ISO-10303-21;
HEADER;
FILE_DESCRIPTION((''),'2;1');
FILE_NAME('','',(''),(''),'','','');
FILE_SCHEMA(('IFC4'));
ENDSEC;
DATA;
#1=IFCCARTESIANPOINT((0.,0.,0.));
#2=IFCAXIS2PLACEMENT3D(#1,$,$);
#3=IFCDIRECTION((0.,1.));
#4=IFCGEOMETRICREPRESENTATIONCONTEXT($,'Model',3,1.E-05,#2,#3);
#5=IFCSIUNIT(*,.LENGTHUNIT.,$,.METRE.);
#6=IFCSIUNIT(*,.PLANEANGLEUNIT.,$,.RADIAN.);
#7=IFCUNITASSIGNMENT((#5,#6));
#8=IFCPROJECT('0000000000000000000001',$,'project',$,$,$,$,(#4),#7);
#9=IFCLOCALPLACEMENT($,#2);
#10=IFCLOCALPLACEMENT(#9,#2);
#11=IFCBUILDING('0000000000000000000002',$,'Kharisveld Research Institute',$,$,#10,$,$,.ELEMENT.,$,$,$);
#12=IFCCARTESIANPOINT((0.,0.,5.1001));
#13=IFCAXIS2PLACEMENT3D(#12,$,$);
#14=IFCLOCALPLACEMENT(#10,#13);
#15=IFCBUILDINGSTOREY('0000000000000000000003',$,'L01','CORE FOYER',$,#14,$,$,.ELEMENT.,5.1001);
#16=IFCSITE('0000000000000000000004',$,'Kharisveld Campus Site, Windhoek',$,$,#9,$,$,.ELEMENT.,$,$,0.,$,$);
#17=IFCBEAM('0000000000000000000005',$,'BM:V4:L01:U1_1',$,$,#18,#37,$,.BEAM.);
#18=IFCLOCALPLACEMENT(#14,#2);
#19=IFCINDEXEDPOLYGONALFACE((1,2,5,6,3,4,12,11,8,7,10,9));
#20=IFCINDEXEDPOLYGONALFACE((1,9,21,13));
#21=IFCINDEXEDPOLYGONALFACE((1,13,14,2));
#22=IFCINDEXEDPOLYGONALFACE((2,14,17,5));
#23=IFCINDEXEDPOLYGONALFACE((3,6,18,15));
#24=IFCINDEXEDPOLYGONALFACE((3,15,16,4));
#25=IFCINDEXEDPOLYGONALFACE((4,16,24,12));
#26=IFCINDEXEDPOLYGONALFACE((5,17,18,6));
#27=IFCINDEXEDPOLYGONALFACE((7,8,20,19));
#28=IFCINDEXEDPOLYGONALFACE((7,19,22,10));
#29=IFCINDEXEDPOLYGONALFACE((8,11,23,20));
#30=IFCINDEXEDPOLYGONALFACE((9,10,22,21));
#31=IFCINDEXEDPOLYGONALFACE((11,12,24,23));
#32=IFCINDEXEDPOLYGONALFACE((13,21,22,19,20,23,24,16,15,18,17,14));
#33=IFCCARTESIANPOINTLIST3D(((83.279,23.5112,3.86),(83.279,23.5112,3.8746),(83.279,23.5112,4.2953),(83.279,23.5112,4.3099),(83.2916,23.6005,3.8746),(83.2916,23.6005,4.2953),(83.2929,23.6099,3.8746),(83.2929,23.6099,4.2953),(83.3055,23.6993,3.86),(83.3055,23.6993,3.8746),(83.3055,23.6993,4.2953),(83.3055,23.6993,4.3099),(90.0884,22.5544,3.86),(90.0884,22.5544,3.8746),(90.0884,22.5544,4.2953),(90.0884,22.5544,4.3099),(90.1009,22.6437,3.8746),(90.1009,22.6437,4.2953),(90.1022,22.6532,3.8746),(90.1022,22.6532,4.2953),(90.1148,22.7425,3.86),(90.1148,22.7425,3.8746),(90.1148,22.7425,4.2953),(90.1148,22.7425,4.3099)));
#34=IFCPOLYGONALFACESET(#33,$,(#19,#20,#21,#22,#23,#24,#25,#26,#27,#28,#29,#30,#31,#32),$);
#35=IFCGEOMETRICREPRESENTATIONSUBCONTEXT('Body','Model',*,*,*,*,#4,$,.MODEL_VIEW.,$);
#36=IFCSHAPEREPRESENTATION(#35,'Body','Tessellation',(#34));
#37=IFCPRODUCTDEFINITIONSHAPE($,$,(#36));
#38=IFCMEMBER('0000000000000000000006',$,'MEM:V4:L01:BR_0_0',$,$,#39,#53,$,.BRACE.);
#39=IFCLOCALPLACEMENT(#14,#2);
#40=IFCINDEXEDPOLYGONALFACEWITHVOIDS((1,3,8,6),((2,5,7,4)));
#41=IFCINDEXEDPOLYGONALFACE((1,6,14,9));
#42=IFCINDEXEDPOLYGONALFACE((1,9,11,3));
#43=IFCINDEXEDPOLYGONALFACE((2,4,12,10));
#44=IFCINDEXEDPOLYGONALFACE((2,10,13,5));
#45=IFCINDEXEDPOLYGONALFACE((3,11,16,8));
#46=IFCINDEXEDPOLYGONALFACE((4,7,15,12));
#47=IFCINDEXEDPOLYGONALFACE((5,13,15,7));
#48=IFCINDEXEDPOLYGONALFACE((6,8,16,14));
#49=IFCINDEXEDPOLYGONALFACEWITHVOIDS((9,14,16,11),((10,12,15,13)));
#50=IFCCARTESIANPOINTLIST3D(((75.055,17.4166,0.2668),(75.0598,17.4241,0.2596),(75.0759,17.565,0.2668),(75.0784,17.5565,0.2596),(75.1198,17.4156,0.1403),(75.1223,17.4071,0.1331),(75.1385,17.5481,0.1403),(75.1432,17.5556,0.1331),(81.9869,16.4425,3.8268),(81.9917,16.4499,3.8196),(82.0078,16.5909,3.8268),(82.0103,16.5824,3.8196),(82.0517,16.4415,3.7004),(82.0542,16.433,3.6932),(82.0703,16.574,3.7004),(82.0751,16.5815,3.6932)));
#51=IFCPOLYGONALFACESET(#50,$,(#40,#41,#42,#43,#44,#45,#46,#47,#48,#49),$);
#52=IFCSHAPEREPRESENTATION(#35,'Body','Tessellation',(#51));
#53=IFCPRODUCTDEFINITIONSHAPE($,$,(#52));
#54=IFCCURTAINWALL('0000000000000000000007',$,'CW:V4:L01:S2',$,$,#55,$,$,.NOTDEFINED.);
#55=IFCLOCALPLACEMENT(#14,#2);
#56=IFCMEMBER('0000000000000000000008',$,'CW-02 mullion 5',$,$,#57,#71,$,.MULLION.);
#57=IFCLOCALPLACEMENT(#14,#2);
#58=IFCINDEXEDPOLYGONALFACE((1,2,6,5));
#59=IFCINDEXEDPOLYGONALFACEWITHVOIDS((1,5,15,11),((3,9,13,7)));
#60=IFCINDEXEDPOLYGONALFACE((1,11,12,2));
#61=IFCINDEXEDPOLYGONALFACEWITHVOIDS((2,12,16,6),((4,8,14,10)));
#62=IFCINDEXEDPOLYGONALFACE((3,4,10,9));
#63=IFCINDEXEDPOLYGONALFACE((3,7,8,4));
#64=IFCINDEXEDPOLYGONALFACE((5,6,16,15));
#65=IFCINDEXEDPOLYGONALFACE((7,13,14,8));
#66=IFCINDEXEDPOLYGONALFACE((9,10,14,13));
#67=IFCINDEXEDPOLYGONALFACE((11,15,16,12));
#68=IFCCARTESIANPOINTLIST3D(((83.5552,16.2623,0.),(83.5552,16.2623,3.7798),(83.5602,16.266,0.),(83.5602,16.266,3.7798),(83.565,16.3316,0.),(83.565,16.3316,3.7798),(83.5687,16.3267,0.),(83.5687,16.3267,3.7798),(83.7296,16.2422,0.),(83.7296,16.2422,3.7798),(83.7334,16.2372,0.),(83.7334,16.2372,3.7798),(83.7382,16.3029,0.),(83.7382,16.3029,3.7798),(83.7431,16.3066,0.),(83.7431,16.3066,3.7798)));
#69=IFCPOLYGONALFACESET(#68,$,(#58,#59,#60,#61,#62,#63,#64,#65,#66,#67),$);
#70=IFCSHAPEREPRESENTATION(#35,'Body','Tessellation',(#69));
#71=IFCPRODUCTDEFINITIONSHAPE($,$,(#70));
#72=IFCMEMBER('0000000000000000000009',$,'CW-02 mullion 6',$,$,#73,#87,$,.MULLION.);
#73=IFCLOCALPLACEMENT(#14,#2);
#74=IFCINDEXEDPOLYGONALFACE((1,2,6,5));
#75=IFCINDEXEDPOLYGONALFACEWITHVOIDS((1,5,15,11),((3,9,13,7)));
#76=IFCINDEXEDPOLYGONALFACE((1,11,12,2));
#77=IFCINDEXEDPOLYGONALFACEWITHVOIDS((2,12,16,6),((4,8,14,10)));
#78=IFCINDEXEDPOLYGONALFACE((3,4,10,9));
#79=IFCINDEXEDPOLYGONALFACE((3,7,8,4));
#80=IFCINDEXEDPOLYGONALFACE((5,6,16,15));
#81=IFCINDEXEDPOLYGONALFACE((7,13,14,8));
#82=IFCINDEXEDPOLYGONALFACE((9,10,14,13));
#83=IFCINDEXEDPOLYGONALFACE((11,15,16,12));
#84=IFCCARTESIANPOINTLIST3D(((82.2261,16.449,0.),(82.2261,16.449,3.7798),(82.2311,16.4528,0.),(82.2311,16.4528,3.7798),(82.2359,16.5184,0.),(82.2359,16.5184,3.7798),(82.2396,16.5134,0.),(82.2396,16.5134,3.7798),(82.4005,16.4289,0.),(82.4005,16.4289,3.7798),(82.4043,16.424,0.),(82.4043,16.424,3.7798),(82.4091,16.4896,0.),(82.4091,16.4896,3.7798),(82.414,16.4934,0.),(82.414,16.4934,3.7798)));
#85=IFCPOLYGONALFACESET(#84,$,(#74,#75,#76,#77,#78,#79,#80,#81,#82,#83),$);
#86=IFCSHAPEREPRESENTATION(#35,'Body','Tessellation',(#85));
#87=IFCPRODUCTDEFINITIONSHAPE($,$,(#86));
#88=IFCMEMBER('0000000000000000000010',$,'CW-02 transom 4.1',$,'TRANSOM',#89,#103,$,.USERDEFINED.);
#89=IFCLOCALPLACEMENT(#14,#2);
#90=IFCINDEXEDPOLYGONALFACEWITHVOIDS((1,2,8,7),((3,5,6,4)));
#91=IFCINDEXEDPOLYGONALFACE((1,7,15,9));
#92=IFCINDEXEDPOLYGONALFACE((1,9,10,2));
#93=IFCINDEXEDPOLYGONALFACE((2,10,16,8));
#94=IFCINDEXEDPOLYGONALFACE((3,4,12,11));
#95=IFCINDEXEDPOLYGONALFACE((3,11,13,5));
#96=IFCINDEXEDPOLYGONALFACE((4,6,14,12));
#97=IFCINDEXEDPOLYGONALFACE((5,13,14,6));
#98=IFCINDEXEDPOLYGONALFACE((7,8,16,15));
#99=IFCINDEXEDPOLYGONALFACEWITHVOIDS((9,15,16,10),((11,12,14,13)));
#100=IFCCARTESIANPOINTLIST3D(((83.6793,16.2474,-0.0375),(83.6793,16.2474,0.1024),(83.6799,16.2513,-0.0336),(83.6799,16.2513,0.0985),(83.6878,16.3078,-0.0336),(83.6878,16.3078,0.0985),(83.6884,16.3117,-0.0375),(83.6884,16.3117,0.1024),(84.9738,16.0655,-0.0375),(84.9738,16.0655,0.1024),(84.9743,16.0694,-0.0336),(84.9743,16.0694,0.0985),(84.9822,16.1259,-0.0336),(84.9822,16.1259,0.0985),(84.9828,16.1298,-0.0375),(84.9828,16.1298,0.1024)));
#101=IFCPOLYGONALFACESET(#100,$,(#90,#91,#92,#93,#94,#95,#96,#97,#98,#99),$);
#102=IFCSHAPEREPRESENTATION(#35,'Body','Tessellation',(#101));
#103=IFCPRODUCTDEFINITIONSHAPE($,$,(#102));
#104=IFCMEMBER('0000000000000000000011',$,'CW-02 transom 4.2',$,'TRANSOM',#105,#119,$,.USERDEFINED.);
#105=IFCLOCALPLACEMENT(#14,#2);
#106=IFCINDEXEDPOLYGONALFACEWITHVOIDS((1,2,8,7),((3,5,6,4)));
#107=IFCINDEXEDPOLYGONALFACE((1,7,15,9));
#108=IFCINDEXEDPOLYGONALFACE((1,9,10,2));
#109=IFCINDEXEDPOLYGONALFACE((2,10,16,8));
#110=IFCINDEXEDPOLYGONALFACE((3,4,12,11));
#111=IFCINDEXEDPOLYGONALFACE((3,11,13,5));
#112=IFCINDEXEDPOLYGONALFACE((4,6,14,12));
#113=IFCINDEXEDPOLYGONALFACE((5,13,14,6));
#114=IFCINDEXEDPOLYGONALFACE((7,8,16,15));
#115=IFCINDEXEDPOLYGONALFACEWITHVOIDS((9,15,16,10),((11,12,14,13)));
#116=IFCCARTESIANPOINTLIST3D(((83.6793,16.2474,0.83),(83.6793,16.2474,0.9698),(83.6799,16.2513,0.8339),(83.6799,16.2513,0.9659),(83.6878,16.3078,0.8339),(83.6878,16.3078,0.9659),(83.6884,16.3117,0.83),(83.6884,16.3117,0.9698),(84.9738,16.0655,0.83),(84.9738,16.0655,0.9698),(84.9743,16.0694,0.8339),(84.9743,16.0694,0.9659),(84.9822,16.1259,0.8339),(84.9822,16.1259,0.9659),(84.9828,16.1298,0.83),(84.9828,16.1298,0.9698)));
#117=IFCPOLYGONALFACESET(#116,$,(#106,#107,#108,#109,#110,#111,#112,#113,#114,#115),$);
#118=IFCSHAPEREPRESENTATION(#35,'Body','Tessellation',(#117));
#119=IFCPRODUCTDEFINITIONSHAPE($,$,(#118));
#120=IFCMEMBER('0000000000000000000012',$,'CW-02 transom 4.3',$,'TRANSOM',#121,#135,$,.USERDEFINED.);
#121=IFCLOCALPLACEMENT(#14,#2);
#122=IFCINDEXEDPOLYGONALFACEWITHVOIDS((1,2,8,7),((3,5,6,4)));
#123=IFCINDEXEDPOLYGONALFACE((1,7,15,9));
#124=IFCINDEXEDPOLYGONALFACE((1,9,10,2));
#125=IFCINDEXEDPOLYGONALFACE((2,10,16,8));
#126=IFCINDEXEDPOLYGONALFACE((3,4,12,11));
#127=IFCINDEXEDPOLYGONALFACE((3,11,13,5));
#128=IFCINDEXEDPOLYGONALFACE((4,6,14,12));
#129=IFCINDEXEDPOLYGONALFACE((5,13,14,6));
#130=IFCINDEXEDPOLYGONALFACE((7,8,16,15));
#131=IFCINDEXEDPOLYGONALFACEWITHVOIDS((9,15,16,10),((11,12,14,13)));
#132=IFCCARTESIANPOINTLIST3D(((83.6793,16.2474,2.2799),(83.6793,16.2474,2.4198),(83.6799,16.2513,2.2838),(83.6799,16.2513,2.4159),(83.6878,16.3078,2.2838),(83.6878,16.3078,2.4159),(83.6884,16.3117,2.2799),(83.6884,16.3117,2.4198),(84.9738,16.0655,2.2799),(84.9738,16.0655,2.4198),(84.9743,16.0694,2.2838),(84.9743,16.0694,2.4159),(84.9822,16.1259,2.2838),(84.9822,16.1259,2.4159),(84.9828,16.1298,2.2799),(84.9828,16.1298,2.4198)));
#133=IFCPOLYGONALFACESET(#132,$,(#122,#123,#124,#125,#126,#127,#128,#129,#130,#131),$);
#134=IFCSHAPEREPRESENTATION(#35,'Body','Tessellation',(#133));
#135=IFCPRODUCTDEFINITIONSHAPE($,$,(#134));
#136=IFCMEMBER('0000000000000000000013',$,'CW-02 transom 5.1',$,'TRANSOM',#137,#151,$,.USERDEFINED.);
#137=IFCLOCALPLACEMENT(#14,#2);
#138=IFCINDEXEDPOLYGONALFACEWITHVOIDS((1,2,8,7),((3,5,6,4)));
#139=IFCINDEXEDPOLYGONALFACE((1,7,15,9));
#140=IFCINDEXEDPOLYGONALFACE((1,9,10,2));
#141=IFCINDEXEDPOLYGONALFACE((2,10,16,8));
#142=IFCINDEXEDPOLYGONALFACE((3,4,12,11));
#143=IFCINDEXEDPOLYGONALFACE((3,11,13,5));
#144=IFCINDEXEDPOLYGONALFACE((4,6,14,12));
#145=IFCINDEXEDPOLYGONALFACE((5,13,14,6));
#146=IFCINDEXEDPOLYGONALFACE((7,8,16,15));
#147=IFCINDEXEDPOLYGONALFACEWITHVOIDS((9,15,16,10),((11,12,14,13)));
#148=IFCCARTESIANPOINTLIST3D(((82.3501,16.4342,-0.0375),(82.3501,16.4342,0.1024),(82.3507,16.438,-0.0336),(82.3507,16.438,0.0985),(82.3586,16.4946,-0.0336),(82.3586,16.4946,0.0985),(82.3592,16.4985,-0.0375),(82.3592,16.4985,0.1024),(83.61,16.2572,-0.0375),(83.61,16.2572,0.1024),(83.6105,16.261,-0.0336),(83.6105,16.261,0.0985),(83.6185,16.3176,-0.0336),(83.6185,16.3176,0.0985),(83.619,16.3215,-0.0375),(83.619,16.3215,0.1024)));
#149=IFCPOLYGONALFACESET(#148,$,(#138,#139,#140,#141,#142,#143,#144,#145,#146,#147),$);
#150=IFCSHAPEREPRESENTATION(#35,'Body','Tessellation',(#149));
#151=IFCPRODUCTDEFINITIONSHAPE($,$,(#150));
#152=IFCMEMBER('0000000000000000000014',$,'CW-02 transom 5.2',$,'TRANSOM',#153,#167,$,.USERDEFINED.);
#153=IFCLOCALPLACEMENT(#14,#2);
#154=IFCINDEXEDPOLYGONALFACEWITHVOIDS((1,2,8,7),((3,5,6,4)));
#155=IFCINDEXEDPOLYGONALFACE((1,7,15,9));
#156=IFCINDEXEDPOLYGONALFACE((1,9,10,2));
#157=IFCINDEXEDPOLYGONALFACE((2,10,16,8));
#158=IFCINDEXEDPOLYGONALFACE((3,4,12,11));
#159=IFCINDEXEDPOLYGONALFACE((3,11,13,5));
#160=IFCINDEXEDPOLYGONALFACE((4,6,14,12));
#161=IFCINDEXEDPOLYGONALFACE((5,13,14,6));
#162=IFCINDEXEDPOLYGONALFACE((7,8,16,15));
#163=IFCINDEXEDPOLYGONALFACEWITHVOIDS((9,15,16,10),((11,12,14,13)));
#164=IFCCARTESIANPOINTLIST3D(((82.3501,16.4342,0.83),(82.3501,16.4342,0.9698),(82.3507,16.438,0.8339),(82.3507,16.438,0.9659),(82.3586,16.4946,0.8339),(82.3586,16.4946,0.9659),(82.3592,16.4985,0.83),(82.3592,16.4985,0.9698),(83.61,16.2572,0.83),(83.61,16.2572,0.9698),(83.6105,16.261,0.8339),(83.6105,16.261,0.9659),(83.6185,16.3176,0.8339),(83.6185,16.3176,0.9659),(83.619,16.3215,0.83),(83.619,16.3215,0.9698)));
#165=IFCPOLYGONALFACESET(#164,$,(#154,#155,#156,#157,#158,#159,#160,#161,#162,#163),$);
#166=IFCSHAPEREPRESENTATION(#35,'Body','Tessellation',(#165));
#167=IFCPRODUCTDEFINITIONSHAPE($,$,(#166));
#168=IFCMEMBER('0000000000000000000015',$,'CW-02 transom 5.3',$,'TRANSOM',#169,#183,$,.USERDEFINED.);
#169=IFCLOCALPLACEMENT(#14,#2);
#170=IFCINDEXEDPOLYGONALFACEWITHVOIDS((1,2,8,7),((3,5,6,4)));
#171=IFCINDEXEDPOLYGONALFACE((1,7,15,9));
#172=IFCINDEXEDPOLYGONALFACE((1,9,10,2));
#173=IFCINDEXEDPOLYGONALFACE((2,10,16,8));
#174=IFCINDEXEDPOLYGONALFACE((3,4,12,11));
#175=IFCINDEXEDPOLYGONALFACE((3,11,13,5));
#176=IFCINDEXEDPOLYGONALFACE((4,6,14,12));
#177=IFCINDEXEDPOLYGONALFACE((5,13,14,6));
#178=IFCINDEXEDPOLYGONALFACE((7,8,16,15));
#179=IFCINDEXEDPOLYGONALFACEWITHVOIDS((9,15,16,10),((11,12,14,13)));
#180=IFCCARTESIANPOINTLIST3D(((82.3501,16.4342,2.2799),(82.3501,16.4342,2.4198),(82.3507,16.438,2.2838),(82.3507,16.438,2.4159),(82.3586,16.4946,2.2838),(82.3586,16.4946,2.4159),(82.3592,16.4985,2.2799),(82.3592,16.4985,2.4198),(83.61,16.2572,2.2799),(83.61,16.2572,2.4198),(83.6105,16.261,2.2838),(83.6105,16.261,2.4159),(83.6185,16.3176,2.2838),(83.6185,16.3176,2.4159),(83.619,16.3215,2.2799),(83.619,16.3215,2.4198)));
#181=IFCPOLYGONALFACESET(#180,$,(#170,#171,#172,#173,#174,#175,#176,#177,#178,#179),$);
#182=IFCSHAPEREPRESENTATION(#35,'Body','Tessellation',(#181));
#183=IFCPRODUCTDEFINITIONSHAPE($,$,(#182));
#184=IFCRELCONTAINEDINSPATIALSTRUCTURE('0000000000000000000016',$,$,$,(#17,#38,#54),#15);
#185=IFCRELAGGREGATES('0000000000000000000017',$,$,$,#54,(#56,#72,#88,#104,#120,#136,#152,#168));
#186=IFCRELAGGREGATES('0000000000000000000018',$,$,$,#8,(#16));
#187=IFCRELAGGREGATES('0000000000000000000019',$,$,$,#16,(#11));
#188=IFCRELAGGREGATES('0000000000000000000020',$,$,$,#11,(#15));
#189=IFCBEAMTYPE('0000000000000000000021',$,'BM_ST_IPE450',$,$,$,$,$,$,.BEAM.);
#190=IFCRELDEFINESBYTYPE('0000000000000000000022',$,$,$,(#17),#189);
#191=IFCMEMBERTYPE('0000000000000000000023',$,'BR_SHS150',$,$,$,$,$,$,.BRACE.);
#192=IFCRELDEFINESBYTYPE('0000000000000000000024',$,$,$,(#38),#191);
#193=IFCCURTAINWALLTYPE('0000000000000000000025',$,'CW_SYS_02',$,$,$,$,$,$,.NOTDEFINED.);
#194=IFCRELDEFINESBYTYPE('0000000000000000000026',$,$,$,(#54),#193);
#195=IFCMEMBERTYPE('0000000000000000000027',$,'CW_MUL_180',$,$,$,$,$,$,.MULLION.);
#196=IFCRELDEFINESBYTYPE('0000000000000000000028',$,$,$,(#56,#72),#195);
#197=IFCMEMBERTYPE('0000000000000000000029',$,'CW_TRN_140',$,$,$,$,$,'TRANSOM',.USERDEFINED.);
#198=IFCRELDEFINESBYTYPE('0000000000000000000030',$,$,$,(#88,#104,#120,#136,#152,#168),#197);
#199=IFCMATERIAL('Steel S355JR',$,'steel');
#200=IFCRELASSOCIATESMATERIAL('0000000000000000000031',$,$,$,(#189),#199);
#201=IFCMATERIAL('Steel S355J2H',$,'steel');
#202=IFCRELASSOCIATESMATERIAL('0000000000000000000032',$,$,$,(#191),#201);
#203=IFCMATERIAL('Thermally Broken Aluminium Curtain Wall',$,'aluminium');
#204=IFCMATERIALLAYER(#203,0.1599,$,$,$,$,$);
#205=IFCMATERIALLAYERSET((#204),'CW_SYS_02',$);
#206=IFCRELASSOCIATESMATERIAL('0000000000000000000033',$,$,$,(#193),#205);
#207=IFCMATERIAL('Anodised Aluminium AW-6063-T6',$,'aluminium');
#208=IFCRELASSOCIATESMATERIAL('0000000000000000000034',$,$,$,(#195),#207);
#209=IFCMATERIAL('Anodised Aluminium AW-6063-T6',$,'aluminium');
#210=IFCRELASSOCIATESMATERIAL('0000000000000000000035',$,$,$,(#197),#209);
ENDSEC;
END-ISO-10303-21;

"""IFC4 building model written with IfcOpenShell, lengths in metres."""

from ifc_helpers import new_model, si_unit, direction, frame, origin, origin_2d, place, context, subcontext, project, spatial, hollow_rectangle, i_section, extrude, material, layer, layer_set, material_profile, profile_set, type_object, element, aggregate, save


model = new_model("IFC4")

# Units and contexts
model_context = context("Model", 3, precision=1e-05, world=origin(), true_north=direction((0.0, 1.0)))
body_context = subcontext(model_context, "Body", "Model", "MODEL_VIEW")
ifc_project = project(units=[si_unit("LENGTHUNIT", "METRE"), si_unit("PLANEANGLEUNIT", "RADIAN")], contexts=[model_context])

# Site, building, storey
site_placement = place(None, origin())
site = spatial("IfcSite", under=ifc_project, at=site_placement, Name="Kharisveld Campus Site, Windhoek", CompositionType="ELEMENT", RefElevation=0.0)
building_placement = place(site_placement, origin())
building = spatial("IfcBuilding", under=site, at=building_placement, Name="Kharisveld Research Institute", CompositionType="ELEMENT")
storey_placement = place(building_placement, frame((0.0, 0.0, 5.1001)))
storey = spatial("IfcBuildingStorey", under=building, at=storey_placement, Name="L01", Description="CORE FOYER", CompositionType="ELEMENT", Elevation=5.1001)

# Beam
ifc_material_1 = material(Name="Steel S355JR", Category="steel")
ifc_material_profile_1 = material_profile(ifc_material_1, i_section(OverallWidth=0.1899, OverallDepth=0.45, WebThickness=0.0095, FlangeThickness=0.0146, at=origin_2d()))
ifc_profile_set_1 = profile_set([ifc_material_profile_1], Name="Steel S355JR")
beam_type_1 = type_object("IfcBeamType", Name="BM_ST_IPE450", PredefinedType="BEAM", material=ifc_profile_set_1)
beam_1_placement = place(storey_placement, frame((83.2922, 23.6052, 4.085), z_axis=(0.990272, -0.139144, 0.0), x_axis=(0.139144, 0.990272, 0.0)))
element("IfcBeam", 1, at=beam_1_placement, inside=storey, type_object=beam_type_1, Name="BM:V4:L01:U1_1", PredefinedType="BEAM", context=body_context, shape_type="SweptSolid", body=[
    extrude(i_section(OverallWidth=0.1899, OverallDepth=0.45, WebThickness=0.0095, FlangeThickness=0.0146, at=origin_2d()), origin(), (0.0, 0.0, 1.0), 6.8762),
])

# Member
ifc_material_2 = material(Name="Steel S355J2H", Category="steel")
ifc_material_profile_2 = material_profile(ifc_material_2, hollow_rectangle(XDim=0.1499, YDim=0.1499, WallThickness=0.0081, at=origin_2d()))
ifc_profile_set_2 = profile_set([ifc_material_profile_2], Name="Steel S355J2H")
member_type_1 = type_object("IfcMemberType", Name="BR_SHS150", PredefinedType="BRACE", material=ifc_profile_set_2)
member_1_placement = place(storey_placement, frame((75.0991, 17.4861, 0.2), z_axis=(0.882674, -0.12404, 0.453321), x_axis=(0.13916, 0.99027, 0.0)))
element("IfcMember", 2, at=member_1_placement, inside=storey, type_object=member_type_1, Name="MEM:V4:L01:BR_0_0", PredefinedType="BRACE", context=body_context, shape_type="SweptSolid", body=[
    extrude(hollow_rectangle(XDim=0.1499, YDim=0.1499, WallThickness=0.0081, at=origin_2d()), origin(), (0.0, 0.0, 1.0), 7.8533),
])

# Curtain wall, members
ifc_material_3 = material(Name="Thermally Broken Aluminium Curtain Wall", Category="aluminium")
ifc_layer_1 = layer(ifc_material_3, 0.1599)
ifc_layer_set_1 = layer_set([ifc_layer_1], Name="CW_SYS_02")
curtain_wall_type = type_object("IfcCurtainWallType", Name="CW_SYS_02", PredefinedType="NOTDEFINED", material=ifc_layer_set_1)
curtain_wall_placement = place(storey_placement, origin())
curtain_wall = element("IfcCurtainWall", 3, at=curtain_wall_placement, inside=storey, type_object=curtain_wall_type, Name="CW:V4:L01:S2", PredefinedType="NOTDEFINED")
ifc_material_4 = material(Name="Anodised Aluminium AW-6063-T6", Category="aluminium")
ifc_material_profile_3 = material_profile(ifc_material_4, hollow_rectangle(XDim=0.0701, YDim=0.1799, WallThickness=0.0044, at=origin_2d()))
ifc_profile_set_3 = profile_set([ifc_material_profile_3], Name="Anodised Aluminium AW-6063-T6")
member_type_2 = type_object("IfcMemberType", Name="CW_MUL_180", PredefinedType="MULLION", material=ifc_profile_set_3)
member_2_placement = place(storey_placement, frame((83.6492, 16.2844, 0.0), z_axis=(0.0, 0.0, 1.0), x_axis=(-0.139173, -0.990268, 0.0)))
member_2 = element("IfcMember", 4, at=member_2_placement, type_object=member_type_2, Name="CW-02 mullion 5", PredefinedType="MULLION", context=body_context, shape_type="SweptSolid", body=[
    extrude(hollow_rectangle(XDim=0.0701, YDim=0.1799, WallThickness=0.0044, at=origin_2d()), origin(), (0.0, 0.0, 1.0), 3.7798),
])
member_3_placement = place(storey_placement, frame((82.3201, 16.4712, 0.0), z_axis=(0.0, 0.0, 1.0), x_axis=(-0.139173, -0.990268, 0.0)))
member_3 = element("IfcMember", 5, at=member_3_placement, type_object=member_type_2, Name="CW-02 mullion 6", PredefinedType="MULLION", context=body_context, shape_type="SweptSolid", body=[
    extrude(hollow_rectangle(XDim=0.0701, YDim=0.1799, WallThickness=0.0044, at=origin_2d()), origin(), (0.0, 0.0, 1.0), 3.7798),
])
ifc_material_5 = material(Name="Anodised Aluminium AW-6063-T6", Category="aluminium")
ifc_material_profile_4 = material_profile(ifc_material_5, hollow_rectangle(XDim=0.0649, YDim=0.1399, WallThickness=0.0039, at=origin_2d()))
ifc_profile_set_4 = profile_set([ifc_material_profile_4], Name="Anodised Aluminium AW-6063-T6")
member_type_3 = type_object("IfcMemberType", Name="CW_TRN_140", ElementType="TRANSOM", PredefinedType="USERDEFINED", material=ifc_profile_set_4)
member_4_placement = place(storey_placement, frame((84.9783, 16.0977, 0.0325), z_axis=(-0.990272, 0.139146, 0.0), x_axis=(-0.139146, -0.990272, 0.0)))
member_4 = element("IfcMember", 6, at=member_4_placement, type_object=member_type_3, Name="CW-02 transom 4.1", ObjectType="TRANSOM", PredefinedType="USERDEFINED", context=body_context, shape_type="SweptSolid", body=[
    extrude(hollow_rectangle(XDim=0.0649, YDim=0.1399, WallThickness=0.0039, at=origin_2d()), origin(), (0.0, 0.0, 1.0), 1.3071),
])
member_5_placement = place(storey_placement, frame((84.9783, 16.0977, 0.8999), z_axis=(-0.990272, 0.139146, 0.0), x_axis=(-0.139146, -0.990272, 0.0)))
member_5 = element("IfcMember", 7, at=member_5_placement, type_object=member_type_3, Name="CW-02 transom 4.2", ObjectType="TRANSOM", PredefinedType="USERDEFINED", context=body_context, shape_type="SweptSolid", body=[
    extrude(hollow_rectangle(XDim=0.0649, YDim=0.1399, WallThickness=0.0039, at=origin_2d()), origin(), (0.0, 0.0, 1.0), 1.3071),
])
member_6_placement = place(storey_placement, frame((84.9783, 16.0977, 2.3499), z_axis=(-0.990272, 0.139146, 0.0), x_axis=(-0.139146, -0.990272, 0.0)))
member_6 = element("IfcMember", 8, at=member_6_placement, type_object=member_type_3, Name="CW-02 transom 4.3", ObjectType="TRANSOM", PredefinedType="USERDEFINED", context=body_context, shape_type="SweptSolid", body=[
    extrude(hollow_rectangle(XDim=0.0649, YDim=0.1399, WallThickness=0.0039, at=origin_2d()), origin(), (0.0, 0.0, 1.0), 1.3071),
])
member_7_placement = place(storey_placement, frame((83.6145, 16.2893, 0.0325), z_axis=(-0.990273, 0.139137, 0.0), x_axis=(-0.139137, -0.990273, 0.0)))
member_7 = element("IfcMember", 9, at=member_7_placement, type_object=member_type_3, Name="CW-02 transom 5.1", ObjectType="TRANSOM", PredefinedType="USERDEFINED", context=body_context, shape_type="SweptSolid", body=[
    extrude(hollow_rectangle(XDim=0.0649, YDim=0.1399, WallThickness=0.0039, at=origin_2d()), origin(), (0.0, 0.0, 1.0), 1.2722),
])
member_8_placement = place(storey_placement, frame((83.6145, 16.2893, 0.8999), z_axis=(-0.990273, 0.139137, 0.0), x_axis=(-0.139137, -0.990273, 0.0)))
member_8 = element("IfcMember", 10, at=member_8_placement, type_object=member_type_3, Name="CW-02 transom 5.2", ObjectType="TRANSOM", PredefinedType="USERDEFINED", context=body_context, shape_type="SweptSolid", body=[
    extrude(hollow_rectangle(XDim=0.0649, YDim=0.1399, WallThickness=0.0039, at=origin_2d()), origin(), (0.0, 0.0, 1.0), 1.2722),
])
member_9_placement = place(storey_placement, frame((83.6145, 16.2893, 2.3499), z_axis=(-0.990273, 0.139137, 0.0), x_axis=(-0.139137, -0.990273, 0.0)))
member_9 = element("IfcMember", 11, at=member_9_placement, type_object=member_type_3, Name="CW-02 transom 5.3", ObjectType="TRANSOM", PredefinedType="USERDEFINED", context=body_context, shape_type="SweptSolid", body=[
    extrude(hollow_rectangle(XDim=0.0649, YDim=0.1399, WallThickness=0.0039, at=origin_2d()), origin(), (0.0, 0.0, 1.0), 1.2722),
])

aggregate(curtain_wall, [member_2, member_3, member_4, member_5, member_6, member_7, member_8, member_9])

save(model, "model.ifc")
